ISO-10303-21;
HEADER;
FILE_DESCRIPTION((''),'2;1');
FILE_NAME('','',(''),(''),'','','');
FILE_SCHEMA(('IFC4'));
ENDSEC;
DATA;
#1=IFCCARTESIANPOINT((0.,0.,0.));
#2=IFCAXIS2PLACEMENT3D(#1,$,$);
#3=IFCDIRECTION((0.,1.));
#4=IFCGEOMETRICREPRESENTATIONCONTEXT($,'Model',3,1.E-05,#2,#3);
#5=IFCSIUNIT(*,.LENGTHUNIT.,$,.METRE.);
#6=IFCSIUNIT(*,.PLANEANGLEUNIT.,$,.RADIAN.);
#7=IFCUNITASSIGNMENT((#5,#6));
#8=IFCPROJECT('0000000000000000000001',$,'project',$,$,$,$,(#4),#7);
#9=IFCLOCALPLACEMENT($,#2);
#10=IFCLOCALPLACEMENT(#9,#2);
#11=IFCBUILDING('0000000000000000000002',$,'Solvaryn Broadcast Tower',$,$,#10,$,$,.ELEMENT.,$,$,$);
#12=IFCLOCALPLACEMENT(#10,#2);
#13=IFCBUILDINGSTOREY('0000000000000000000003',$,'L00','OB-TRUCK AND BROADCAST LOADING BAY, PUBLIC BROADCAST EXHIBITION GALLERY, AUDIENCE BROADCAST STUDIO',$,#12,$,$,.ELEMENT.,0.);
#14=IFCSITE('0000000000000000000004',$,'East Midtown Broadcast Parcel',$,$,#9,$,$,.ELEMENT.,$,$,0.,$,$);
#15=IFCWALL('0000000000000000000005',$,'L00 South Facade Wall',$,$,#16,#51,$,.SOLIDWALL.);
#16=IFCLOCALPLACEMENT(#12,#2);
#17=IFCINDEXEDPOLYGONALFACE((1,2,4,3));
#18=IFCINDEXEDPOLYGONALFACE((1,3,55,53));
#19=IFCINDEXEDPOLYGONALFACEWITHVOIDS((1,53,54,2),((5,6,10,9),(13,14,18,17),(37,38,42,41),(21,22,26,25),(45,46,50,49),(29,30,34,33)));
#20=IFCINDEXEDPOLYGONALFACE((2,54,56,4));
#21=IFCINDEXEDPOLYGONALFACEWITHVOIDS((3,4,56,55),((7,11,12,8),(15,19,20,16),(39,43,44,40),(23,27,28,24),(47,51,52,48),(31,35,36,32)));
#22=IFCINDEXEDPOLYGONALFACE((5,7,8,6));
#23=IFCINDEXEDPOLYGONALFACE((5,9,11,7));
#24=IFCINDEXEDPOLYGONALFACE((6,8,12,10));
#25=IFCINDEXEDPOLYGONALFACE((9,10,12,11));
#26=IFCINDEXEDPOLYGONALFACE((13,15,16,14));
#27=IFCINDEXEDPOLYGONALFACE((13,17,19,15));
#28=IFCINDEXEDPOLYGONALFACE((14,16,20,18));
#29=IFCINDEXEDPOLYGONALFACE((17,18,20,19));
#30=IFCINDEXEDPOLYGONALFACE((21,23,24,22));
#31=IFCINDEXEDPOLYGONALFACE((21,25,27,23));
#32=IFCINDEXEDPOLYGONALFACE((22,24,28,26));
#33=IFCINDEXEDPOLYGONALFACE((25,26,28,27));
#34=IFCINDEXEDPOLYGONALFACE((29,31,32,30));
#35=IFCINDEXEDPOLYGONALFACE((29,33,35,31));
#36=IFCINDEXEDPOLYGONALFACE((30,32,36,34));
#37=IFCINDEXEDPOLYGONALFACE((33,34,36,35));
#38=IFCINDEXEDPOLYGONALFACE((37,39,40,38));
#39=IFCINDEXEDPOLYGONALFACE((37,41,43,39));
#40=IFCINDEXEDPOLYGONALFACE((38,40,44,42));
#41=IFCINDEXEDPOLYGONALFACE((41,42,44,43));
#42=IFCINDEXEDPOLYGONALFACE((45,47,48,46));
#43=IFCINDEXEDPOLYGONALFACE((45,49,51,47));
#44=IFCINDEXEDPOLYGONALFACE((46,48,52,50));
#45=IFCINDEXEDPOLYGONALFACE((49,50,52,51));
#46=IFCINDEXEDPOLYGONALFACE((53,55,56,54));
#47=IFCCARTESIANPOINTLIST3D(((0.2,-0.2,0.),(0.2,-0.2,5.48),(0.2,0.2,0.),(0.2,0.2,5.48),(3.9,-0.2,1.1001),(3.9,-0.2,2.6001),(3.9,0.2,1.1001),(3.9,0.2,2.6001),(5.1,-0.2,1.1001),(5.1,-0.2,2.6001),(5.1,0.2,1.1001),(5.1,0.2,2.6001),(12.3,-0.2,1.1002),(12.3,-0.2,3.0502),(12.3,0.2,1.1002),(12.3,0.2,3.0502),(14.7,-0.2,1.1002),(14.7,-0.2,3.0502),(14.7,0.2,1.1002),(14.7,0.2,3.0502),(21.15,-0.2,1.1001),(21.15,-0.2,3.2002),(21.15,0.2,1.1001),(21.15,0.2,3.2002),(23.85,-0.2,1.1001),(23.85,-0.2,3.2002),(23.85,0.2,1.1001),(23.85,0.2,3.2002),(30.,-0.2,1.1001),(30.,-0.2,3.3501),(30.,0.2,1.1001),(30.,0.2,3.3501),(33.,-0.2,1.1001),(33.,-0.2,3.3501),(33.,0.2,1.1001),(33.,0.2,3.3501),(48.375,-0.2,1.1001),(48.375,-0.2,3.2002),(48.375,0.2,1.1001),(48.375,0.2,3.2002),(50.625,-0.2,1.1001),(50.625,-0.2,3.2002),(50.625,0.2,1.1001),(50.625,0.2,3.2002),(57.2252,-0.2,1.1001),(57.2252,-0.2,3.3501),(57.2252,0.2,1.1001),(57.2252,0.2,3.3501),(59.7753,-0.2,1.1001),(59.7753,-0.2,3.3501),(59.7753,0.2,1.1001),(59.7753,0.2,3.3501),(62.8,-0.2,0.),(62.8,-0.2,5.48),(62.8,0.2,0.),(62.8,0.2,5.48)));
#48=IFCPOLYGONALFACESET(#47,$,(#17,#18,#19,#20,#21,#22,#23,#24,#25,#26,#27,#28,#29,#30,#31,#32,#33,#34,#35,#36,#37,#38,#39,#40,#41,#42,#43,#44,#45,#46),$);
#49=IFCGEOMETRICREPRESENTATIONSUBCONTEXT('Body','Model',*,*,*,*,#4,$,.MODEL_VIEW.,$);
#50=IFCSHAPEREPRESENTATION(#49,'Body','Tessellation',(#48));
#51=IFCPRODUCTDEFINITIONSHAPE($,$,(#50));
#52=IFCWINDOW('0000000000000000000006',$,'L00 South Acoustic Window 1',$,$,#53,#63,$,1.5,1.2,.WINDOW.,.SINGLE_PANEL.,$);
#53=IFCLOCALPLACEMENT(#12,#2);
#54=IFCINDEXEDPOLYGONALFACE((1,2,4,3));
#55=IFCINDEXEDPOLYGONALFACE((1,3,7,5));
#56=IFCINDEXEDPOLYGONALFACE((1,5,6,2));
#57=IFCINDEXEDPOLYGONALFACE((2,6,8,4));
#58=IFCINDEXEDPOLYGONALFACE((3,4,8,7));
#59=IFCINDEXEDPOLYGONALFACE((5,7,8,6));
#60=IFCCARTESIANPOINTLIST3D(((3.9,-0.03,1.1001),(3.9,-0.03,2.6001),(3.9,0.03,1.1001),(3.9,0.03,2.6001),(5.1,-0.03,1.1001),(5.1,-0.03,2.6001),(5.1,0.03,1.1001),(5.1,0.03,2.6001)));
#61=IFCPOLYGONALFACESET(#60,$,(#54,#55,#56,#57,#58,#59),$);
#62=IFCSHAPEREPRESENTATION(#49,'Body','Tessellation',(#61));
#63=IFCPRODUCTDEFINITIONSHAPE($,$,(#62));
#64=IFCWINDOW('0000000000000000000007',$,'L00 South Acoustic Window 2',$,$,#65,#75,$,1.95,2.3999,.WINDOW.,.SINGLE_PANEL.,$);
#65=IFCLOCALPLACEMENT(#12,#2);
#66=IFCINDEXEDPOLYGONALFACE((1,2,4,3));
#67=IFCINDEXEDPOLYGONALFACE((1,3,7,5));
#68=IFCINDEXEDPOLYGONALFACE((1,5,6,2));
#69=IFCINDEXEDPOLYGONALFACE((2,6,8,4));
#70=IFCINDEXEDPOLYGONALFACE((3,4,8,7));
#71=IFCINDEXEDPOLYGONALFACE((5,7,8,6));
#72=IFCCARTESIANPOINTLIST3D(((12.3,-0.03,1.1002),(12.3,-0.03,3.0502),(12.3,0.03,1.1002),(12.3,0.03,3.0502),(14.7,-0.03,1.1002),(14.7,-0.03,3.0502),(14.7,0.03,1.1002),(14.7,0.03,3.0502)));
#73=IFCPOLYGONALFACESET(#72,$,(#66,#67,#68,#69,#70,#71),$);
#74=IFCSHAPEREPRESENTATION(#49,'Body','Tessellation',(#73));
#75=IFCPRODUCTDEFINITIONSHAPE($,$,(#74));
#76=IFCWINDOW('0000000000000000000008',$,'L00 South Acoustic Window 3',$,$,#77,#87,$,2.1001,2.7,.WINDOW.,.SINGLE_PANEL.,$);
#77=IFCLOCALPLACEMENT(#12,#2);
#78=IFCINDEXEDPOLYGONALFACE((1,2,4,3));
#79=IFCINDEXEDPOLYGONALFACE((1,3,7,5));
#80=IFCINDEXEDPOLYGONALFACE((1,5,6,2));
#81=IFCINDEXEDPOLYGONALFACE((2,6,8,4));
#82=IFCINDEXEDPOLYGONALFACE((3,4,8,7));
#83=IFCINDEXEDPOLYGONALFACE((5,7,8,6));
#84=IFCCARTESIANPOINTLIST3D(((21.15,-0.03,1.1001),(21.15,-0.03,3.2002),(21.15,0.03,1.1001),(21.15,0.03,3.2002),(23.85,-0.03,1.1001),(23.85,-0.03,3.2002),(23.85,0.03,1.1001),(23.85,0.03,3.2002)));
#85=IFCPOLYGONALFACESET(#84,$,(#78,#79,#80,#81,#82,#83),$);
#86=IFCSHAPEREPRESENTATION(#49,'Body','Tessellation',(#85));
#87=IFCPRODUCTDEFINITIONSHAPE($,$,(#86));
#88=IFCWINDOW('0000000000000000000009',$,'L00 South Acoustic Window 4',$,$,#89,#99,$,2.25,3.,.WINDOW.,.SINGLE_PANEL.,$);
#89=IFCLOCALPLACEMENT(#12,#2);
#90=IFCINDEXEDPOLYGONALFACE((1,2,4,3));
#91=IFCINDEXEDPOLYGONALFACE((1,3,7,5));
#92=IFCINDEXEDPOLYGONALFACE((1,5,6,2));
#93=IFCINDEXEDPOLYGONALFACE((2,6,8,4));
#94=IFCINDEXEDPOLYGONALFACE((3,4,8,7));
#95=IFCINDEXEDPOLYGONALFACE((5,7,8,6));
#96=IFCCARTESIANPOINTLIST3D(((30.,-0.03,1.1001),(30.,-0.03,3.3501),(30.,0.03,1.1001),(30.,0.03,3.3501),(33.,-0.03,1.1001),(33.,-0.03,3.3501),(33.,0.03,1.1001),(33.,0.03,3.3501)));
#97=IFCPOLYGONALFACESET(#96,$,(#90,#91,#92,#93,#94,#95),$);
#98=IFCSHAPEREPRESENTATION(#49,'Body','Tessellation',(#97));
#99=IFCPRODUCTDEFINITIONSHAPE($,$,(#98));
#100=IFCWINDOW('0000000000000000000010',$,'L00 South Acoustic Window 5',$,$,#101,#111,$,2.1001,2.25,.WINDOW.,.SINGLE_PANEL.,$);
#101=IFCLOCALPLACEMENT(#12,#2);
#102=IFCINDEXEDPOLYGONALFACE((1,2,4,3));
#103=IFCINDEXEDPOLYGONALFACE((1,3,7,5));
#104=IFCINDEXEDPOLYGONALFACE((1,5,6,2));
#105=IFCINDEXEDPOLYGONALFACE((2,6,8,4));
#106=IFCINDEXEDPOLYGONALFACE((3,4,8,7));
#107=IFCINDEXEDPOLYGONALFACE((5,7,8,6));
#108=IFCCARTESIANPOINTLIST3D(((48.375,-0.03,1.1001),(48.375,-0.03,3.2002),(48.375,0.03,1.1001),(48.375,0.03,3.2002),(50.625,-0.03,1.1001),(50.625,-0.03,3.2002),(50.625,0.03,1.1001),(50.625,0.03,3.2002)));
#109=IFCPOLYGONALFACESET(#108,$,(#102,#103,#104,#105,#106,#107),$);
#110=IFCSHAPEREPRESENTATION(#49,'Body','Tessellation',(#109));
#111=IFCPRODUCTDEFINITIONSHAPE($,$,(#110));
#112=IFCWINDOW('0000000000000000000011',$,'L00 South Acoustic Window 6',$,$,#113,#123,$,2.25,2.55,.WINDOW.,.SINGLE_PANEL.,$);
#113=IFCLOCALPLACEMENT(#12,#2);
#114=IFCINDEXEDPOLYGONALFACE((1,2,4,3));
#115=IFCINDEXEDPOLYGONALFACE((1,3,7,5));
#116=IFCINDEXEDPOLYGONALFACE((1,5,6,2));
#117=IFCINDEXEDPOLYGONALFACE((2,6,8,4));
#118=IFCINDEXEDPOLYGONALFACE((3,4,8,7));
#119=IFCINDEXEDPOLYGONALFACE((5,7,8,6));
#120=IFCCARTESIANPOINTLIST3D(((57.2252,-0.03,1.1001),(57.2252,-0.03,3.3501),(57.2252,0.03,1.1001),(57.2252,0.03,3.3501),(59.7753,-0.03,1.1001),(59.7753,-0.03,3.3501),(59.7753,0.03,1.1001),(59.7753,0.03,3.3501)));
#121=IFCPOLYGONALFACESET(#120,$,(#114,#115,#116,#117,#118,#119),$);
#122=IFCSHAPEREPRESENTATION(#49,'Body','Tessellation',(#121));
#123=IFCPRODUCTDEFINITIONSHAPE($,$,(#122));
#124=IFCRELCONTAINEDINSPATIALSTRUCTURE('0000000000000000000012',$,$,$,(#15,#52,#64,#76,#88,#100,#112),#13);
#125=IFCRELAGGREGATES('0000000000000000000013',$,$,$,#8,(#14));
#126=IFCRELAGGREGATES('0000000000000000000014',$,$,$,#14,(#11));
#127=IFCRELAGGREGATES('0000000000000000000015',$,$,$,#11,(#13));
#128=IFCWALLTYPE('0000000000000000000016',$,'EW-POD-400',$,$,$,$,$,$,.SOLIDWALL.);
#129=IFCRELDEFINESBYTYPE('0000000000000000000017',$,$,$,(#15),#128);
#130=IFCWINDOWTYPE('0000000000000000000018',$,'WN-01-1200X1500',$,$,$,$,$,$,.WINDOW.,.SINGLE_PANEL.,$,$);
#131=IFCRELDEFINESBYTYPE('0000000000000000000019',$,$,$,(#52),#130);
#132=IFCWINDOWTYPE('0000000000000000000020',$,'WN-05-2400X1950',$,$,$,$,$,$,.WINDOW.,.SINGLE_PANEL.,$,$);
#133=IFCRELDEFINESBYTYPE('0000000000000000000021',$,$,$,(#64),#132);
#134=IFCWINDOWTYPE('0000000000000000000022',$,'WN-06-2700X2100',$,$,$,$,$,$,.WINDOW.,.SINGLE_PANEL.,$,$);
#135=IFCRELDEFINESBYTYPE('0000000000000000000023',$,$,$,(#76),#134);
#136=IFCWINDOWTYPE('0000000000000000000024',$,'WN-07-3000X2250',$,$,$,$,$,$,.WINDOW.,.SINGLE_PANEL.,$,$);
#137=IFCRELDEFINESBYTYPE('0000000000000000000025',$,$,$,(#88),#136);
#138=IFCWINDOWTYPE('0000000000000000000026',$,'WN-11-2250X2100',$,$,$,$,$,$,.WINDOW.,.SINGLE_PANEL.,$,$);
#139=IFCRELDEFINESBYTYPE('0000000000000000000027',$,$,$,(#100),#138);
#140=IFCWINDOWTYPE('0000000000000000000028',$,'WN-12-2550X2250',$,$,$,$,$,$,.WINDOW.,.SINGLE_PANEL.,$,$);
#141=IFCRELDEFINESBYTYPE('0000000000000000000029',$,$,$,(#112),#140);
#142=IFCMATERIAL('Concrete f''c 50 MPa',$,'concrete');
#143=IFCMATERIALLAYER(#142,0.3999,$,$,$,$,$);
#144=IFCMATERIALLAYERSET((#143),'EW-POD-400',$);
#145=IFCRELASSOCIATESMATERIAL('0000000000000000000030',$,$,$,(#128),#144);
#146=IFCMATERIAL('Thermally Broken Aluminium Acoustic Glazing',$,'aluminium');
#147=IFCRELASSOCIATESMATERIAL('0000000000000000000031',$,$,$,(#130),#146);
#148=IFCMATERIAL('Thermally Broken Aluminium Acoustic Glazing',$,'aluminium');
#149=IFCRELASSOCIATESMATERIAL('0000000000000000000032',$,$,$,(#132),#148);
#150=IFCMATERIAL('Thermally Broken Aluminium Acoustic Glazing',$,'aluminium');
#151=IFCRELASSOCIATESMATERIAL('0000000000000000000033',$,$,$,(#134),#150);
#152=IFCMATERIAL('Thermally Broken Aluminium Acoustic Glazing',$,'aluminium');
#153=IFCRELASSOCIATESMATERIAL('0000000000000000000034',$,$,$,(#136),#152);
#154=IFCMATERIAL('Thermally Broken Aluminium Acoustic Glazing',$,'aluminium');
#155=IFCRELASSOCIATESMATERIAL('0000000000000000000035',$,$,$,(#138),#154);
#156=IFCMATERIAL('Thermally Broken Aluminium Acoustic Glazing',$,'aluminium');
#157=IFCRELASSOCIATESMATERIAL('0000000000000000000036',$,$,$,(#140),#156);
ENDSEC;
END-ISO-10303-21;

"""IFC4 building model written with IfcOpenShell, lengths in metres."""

from ifc_helpers import new_model, si_unit, direction, frame, frame_2d, origin, place, context, subcontext, project, spatial, rectangle, extrude, material, layer, layer_set, type_object, element, fill, save


model = new_model("IFC4")

# Units and contexts
model_context = context("Model", 3, precision=1e-05, world=origin(), true_north=direction((0.0, 1.0)))
body_context = subcontext(model_context, "Body", "Model", "MODEL_VIEW")
ifc_project = project(units=[si_unit("LENGTHUNIT", "METRE"), si_unit("PLANEANGLEUNIT", "RADIAN")], contexts=[model_context])

# Site, building, storey
site_placement = place(None, origin())
site = spatial("IfcSite", under=ifc_project, at=site_placement, Name="East Midtown Broadcast Parcel", CompositionType="ELEMENT", RefElevation=0.0)
building_placement = place(site_placement, origin())
building = spatial("IfcBuilding", under=site, at=building_placement, Name="Solvaryn Broadcast Tower", CompositionType="ELEMENT")
storey_placement = place(building_placement, origin())
storey = spatial("IfcBuildingStorey", under=building, at=storey_placement, Name="L00", Description="OB-TRUCK AND BROADCAST LOADING BAY, PUBLIC BROADCAST EXHIBITION GALLERY, AUDIENCE BROADCAST STUDIO", CompositionType="ELEMENT", Elevation=0.0)

# Wall, openings, windows
ifc_material_1 = material(Name="Concrete f'c 50 MPa", Category="concrete")
ifc_layer_1 = layer(ifc_material_1, 0.3999)
ifc_layer_set_1 = layer_set([ifc_layer_1], Name="EW-POD-400")
wall_type = type_object("IfcWallType", Name="EW-POD-400", PredefinedType="SOLIDWALL", material=ifc_layer_set_1)
wall_placement = place(storey_placement, frame((62.8, 0.0, 0.0), z_axis=(0.0, 0.0, 1.0), x_axis=(-1.0, 0.0, 0.0)))
wall = element("IfcWall", 1, at=wall_placement, inside=storey, type_object=wall_type, Name="L00 South Facade Wall", PredefinedType="SOLIDWALL", context=body_context, shape_type="SweptSolid", body=[
    extrude(rectangle(XDim=62.6001, YDim=0.3999, at=frame_2d((31.3, 0.0))), origin(), (0.0, 0.0, 1.0), 5.48),
])
opening_1_placement = place(wall_placement, frame((57.7, 0.0, 1.1001)))
opening_1 = element("IfcOpeningElement", 2, at=opening_1_placement, cuts=wall, PredefinedType="OPENING", context=body_context, shape_type="SweptSolid", body=[
    extrude(rectangle(XDim=1.2, YDim=1.5, at=frame_2d((0.6001, 0.75))), frame((0.0, 0.21, 0.0), z_axis=(0.0, -1.0, 0.0), x_axis=(1.0, 0.0, 0.0)), (0.0, 0.0, 1.0), 0.4199),
])
opening_2_placement = place(wall_placement, frame((48.1001, 0.0, 1.1001)))
opening_2 = element("IfcOpeningElement", 3, at=opening_2_placement, cuts=wall, PredefinedType="OPENING", context=body_context, shape_type="SweptSolid", body=[
    extrude(rectangle(XDim=2.3999, YDim=1.95, at=frame_2d((1.2, 0.9751))), frame((0.0, 0.21, 0.0), z_axis=(0.0, -1.0, 0.0), x_axis=(1.0, 0.0, 0.0)), (0.0, 0.0, 1.0), 0.4199),
])
opening_3_placement = place(wall_placement, frame((38.95, 0.0, 1.1001)))
opening_3 = element("IfcOpeningElement", 4, at=opening_3_placement, cuts=wall, PredefinedType="OPENING", context=body_context, shape_type="SweptSolid", body=[
    extrude(rectangle(XDim=2.7, YDim=2.1001, at=frame_2d((1.3501, 1.05))), frame((0.0, 0.21, 0.0), z_axis=(0.0, -1.0, 0.0), x_axis=(1.0, 0.0, 0.0)), (0.0, 0.0, 1.0), 0.4199),
])
opening_4_placement = place(wall_placement, frame((29.8, 0.0, 1.1001)))
opening_4 = element("IfcOpeningElement", 5, at=opening_4_placement, cuts=wall, PredefinedType="OPENING", context=body_context, shape_type="SweptSolid", body=[
    extrude(rectangle(XDim=3.0, YDim=2.25, at=frame_2d((1.5, 1.125))), frame((0.0, 0.21, 0.0), z_axis=(0.0, -1.0, 0.0), x_axis=(1.0, 0.0, 0.0)), (0.0, 0.0, 1.0), 0.4199),
])
opening_5_placement = place(wall_placement, frame((12.175, 0.0, 1.1001)))
opening_5 = element("IfcOpeningElement", 6, at=opening_5_placement, cuts=wall, PredefinedType="OPENING", context=body_context, shape_type="SweptSolid", body=[
    extrude(rectangle(XDim=2.25, YDim=2.1001, at=frame_2d((1.125, 1.05))), frame((0.0, 0.21, 0.0), z_axis=(0.0, -1.0, 0.0), x_axis=(1.0, 0.0, 0.0)), (0.0, 0.0, 1.0), 0.4199),
])
opening_6_placement = place(wall_placement, frame((3.0249, 0.0, 1.1001)))
opening_6 = element("IfcOpeningElement", 7, at=opening_6_placement, cuts=wall, PredefinedType="OPENING", context=body_context, shape_type="SweptSolid", body=[
    extrude(rectangle(XDim=2.55, YDim=2.25, at=frame_2d((1.2749, 1.125))), frame((0.0, 0.21, 0.0), z_axis=(0.0, -1.0, 0.0), x_axis=(1.0, 0.0, 0.0)), (0.0, 0.0, 1.0), 0.4199),
])
ifc_material_2 = material(Name="Thermally Broken Aluminium Acoustic Glazing", Category="aluminium")
window_type_1 = type_object("IfcWindowType", Name="WN-01-1200X1500", PartitioningType="SINGLE_PANEL", PredefinedType="WINDOW", material=ifc_material_2)
window_1_placement = place(opening_1_placement, origin())
window_1 = element("IfcWindow", 8, at=window_1_placement, inside=storey, type_object=window_type_1, Name="L00 South Acoustic Window 1", OverallHeight=1.5, OverallWidth=1.2, PartitioningType="SINGLE_PANEL", PredefinedType="WINDOW", context=body_context, shape_type="SweptSolid", body=[
    extrude(rectangle(XDim=1.2, YDim=1.5, at=frame_2d((0.6001, 0.75))), frame((0.0, 0.03, 0.0), z_axis=(0.0, -1.0, 0.0), x_axis=(1.0, 0.0, 0.0)), (0.0, 0.0, 1.0), 0.0601),
])
fill(opening_1, window_1)
ifc_material_3 = material(Name="Thermally Broken Aluminium Acoustic Glazing", Category="aluminium")
window_type_2 = type_object("IfcWindowType", Name="WN-05-2400X1950", PartitioningType="SINGLE_PANEL", PredefinedType="WINDOW", material=ifc_material_3)
window_2_placement = place(opening_2_placement, origin())
window_2 = element("IfcWindow", 9, at=window_2_placement, inside=storey, type_object=window_type_2, Name="L00 South Acoustic Window 2", OverallHeight=1.95, OverallWidth=2.3999, PartitioningType="SINGLE_PANEL", PredefinedType="WINDOW", context=body_context, shape_type="SweptSolid", body=[
    extrude(rectangle(XDim=2.3999, YDim=1.95, at=frame_2d((1.2, 0.9751))), frame((0.0, 0.03, 0.0), z_axis=(0.0, -1.0, 0.0), x_axis=(1.0, 0.0, 0.0)), (0.0, 0.0, 1.0), 0.0601),
])
fill(opening_2, window_2)
ifc_material_4 = material(Name="Thermally Broken Aluminium Acoustic Glazing", Category="aluminium")
window_type_3 = type_object("IfcWindowType", Name="WN-06-2700X2100", PartitioningType="SINGLE_PANEL", PredefinedType="WINDOW", material=ifc_material_4)
window_3_placement = place(opening_3_placement, origin())
window_3 = element("IfcWindow", 10, at=window_3_placement, inside=storey, type_object=window_type_3, Name="L00 South Acoustic Window 3", OverallHeight=2.1001, OverallWidth=2.7, PartitioningType="SINGLE_PANEL", PredefinedType="WINDOW", context=body_context, shape_type="SweptSolid", body=[
    extrude(rectangle(XDim=2.7, YDim=2.1001, at=frame_2d((1.3501, 1.05))), frame((0.0, 0.03, 0.0), z_axis=(0.0, -1.0, 0.0), x_axis=(1.0, 0.0, 0.0)), (0.0, 0.0, 1.0), 0.0601),
])
fill(opening_3, window_3)
ifc_material_5 = material(Name="Thermally Broken Aluminium Acoustic Glazing", Category="aluminium")
window_type_4 = type_object("IfcWindowType", Name="WN-07-3000X2250", PartitioningType="SINGLE_PANEL", PredefinedType="WINDOW", material=ifc_material_5)
window_4_placement = place(opening_4_placement, origin())
window_4 = element("IfcWindow", 11, at=window_4_placement, inside=storey, type_object=window_type_4, Name="L00 South Acoustic Window 4", OverallHeight=2.25, OverallWidth=3.0, PartitioningType="SINGLE_PANEL", PredefinedType="WINDOW", context=body_context, shape_type="SweptSolid", body=[
    extrude(rectangle(XDim=3.0, YDim=2.25, at=frame_2d((1.5, 1.125))), frame((0.0, 0.03, 0.0), z_axis=(0.0, -1.0, 0.0), x_axis=(1.0, 0.0, 0.0)), (0.0, 0.0, 1.0), 0.0601),
])
fill(opening_4, window_4)
ifc_material_6 = material(Name="Thermally Broken Aluminium Acoustic Glazing", Category="aluminium")
window_type_5 = type_object("IfcWindowType", Name="WN-11-2250X2100", PartitioningType="SINGLE_PANEL", PredefinedType="WINDOW", material=ifc_material_6)
window_5_placement = place(opening_5_placement, origin())
window_5 = element("IfcWindow", 12, at=window_5_placement, inside=storey, type_object=window_type_5, Name="L00 South Acoustic Window 5", OverallHeight=2.1001, OverallWidth=2.25, PartitioningType="SINGLE_PANEL", PredefinedType="WINDOW", context=body_context, shape_type="SweptSolid", body=[
    extrude(rectangle(XDim=2.25, YDim=2.1001, at=frame_2d((1.125, 1.05))), frame((0.0, 0.03, 0.0), z_axis=(0.0, -1.0, 0.0), x_axis=(1.0, 0.0, 0.0)), (0.0, 0.0, 1.0), 0.0601),
])
fill(opening_5, window_5)
ifc_material_7 = material(Name="Thermally Broken Aluminium Acoustic Glazing", Category="aluminium")
window_type_6 = type_object("IfcWindowType", Name="WN-12-2550X2250", PartitioningType="SINGLE_PANEL", PredefinedType="WINDOW", material=ifc_material_7)
window_6_placement = place(opening_6_placement, origin())
window_6 = element("IfcWindow", 13, at=window_6_placement, inside=storey, type_object=window_type_6, Name="L00 South Acoustic Window 6", OverallHeight=2.25, OverallWidth=2.55, PartitioningType="SINGLE_PANEL", PredefinedType="WINDOW", context=body_context, shape_type="SweptSolid", body=[
    extrude(rectangle(XDim=2.55, YDim=2.25, at=frame_2d((1.2749, 1.125))), frame((0.0, 0.03, 0.0), z_axis=(0.0, -1.0, 0.0), x_axis=(1.0, 0.0, 0.0)), (0.0, 0.0, 1.0), 0.0601),
])
fill(opening_6, window_6)

save(model, "model.ifc")
